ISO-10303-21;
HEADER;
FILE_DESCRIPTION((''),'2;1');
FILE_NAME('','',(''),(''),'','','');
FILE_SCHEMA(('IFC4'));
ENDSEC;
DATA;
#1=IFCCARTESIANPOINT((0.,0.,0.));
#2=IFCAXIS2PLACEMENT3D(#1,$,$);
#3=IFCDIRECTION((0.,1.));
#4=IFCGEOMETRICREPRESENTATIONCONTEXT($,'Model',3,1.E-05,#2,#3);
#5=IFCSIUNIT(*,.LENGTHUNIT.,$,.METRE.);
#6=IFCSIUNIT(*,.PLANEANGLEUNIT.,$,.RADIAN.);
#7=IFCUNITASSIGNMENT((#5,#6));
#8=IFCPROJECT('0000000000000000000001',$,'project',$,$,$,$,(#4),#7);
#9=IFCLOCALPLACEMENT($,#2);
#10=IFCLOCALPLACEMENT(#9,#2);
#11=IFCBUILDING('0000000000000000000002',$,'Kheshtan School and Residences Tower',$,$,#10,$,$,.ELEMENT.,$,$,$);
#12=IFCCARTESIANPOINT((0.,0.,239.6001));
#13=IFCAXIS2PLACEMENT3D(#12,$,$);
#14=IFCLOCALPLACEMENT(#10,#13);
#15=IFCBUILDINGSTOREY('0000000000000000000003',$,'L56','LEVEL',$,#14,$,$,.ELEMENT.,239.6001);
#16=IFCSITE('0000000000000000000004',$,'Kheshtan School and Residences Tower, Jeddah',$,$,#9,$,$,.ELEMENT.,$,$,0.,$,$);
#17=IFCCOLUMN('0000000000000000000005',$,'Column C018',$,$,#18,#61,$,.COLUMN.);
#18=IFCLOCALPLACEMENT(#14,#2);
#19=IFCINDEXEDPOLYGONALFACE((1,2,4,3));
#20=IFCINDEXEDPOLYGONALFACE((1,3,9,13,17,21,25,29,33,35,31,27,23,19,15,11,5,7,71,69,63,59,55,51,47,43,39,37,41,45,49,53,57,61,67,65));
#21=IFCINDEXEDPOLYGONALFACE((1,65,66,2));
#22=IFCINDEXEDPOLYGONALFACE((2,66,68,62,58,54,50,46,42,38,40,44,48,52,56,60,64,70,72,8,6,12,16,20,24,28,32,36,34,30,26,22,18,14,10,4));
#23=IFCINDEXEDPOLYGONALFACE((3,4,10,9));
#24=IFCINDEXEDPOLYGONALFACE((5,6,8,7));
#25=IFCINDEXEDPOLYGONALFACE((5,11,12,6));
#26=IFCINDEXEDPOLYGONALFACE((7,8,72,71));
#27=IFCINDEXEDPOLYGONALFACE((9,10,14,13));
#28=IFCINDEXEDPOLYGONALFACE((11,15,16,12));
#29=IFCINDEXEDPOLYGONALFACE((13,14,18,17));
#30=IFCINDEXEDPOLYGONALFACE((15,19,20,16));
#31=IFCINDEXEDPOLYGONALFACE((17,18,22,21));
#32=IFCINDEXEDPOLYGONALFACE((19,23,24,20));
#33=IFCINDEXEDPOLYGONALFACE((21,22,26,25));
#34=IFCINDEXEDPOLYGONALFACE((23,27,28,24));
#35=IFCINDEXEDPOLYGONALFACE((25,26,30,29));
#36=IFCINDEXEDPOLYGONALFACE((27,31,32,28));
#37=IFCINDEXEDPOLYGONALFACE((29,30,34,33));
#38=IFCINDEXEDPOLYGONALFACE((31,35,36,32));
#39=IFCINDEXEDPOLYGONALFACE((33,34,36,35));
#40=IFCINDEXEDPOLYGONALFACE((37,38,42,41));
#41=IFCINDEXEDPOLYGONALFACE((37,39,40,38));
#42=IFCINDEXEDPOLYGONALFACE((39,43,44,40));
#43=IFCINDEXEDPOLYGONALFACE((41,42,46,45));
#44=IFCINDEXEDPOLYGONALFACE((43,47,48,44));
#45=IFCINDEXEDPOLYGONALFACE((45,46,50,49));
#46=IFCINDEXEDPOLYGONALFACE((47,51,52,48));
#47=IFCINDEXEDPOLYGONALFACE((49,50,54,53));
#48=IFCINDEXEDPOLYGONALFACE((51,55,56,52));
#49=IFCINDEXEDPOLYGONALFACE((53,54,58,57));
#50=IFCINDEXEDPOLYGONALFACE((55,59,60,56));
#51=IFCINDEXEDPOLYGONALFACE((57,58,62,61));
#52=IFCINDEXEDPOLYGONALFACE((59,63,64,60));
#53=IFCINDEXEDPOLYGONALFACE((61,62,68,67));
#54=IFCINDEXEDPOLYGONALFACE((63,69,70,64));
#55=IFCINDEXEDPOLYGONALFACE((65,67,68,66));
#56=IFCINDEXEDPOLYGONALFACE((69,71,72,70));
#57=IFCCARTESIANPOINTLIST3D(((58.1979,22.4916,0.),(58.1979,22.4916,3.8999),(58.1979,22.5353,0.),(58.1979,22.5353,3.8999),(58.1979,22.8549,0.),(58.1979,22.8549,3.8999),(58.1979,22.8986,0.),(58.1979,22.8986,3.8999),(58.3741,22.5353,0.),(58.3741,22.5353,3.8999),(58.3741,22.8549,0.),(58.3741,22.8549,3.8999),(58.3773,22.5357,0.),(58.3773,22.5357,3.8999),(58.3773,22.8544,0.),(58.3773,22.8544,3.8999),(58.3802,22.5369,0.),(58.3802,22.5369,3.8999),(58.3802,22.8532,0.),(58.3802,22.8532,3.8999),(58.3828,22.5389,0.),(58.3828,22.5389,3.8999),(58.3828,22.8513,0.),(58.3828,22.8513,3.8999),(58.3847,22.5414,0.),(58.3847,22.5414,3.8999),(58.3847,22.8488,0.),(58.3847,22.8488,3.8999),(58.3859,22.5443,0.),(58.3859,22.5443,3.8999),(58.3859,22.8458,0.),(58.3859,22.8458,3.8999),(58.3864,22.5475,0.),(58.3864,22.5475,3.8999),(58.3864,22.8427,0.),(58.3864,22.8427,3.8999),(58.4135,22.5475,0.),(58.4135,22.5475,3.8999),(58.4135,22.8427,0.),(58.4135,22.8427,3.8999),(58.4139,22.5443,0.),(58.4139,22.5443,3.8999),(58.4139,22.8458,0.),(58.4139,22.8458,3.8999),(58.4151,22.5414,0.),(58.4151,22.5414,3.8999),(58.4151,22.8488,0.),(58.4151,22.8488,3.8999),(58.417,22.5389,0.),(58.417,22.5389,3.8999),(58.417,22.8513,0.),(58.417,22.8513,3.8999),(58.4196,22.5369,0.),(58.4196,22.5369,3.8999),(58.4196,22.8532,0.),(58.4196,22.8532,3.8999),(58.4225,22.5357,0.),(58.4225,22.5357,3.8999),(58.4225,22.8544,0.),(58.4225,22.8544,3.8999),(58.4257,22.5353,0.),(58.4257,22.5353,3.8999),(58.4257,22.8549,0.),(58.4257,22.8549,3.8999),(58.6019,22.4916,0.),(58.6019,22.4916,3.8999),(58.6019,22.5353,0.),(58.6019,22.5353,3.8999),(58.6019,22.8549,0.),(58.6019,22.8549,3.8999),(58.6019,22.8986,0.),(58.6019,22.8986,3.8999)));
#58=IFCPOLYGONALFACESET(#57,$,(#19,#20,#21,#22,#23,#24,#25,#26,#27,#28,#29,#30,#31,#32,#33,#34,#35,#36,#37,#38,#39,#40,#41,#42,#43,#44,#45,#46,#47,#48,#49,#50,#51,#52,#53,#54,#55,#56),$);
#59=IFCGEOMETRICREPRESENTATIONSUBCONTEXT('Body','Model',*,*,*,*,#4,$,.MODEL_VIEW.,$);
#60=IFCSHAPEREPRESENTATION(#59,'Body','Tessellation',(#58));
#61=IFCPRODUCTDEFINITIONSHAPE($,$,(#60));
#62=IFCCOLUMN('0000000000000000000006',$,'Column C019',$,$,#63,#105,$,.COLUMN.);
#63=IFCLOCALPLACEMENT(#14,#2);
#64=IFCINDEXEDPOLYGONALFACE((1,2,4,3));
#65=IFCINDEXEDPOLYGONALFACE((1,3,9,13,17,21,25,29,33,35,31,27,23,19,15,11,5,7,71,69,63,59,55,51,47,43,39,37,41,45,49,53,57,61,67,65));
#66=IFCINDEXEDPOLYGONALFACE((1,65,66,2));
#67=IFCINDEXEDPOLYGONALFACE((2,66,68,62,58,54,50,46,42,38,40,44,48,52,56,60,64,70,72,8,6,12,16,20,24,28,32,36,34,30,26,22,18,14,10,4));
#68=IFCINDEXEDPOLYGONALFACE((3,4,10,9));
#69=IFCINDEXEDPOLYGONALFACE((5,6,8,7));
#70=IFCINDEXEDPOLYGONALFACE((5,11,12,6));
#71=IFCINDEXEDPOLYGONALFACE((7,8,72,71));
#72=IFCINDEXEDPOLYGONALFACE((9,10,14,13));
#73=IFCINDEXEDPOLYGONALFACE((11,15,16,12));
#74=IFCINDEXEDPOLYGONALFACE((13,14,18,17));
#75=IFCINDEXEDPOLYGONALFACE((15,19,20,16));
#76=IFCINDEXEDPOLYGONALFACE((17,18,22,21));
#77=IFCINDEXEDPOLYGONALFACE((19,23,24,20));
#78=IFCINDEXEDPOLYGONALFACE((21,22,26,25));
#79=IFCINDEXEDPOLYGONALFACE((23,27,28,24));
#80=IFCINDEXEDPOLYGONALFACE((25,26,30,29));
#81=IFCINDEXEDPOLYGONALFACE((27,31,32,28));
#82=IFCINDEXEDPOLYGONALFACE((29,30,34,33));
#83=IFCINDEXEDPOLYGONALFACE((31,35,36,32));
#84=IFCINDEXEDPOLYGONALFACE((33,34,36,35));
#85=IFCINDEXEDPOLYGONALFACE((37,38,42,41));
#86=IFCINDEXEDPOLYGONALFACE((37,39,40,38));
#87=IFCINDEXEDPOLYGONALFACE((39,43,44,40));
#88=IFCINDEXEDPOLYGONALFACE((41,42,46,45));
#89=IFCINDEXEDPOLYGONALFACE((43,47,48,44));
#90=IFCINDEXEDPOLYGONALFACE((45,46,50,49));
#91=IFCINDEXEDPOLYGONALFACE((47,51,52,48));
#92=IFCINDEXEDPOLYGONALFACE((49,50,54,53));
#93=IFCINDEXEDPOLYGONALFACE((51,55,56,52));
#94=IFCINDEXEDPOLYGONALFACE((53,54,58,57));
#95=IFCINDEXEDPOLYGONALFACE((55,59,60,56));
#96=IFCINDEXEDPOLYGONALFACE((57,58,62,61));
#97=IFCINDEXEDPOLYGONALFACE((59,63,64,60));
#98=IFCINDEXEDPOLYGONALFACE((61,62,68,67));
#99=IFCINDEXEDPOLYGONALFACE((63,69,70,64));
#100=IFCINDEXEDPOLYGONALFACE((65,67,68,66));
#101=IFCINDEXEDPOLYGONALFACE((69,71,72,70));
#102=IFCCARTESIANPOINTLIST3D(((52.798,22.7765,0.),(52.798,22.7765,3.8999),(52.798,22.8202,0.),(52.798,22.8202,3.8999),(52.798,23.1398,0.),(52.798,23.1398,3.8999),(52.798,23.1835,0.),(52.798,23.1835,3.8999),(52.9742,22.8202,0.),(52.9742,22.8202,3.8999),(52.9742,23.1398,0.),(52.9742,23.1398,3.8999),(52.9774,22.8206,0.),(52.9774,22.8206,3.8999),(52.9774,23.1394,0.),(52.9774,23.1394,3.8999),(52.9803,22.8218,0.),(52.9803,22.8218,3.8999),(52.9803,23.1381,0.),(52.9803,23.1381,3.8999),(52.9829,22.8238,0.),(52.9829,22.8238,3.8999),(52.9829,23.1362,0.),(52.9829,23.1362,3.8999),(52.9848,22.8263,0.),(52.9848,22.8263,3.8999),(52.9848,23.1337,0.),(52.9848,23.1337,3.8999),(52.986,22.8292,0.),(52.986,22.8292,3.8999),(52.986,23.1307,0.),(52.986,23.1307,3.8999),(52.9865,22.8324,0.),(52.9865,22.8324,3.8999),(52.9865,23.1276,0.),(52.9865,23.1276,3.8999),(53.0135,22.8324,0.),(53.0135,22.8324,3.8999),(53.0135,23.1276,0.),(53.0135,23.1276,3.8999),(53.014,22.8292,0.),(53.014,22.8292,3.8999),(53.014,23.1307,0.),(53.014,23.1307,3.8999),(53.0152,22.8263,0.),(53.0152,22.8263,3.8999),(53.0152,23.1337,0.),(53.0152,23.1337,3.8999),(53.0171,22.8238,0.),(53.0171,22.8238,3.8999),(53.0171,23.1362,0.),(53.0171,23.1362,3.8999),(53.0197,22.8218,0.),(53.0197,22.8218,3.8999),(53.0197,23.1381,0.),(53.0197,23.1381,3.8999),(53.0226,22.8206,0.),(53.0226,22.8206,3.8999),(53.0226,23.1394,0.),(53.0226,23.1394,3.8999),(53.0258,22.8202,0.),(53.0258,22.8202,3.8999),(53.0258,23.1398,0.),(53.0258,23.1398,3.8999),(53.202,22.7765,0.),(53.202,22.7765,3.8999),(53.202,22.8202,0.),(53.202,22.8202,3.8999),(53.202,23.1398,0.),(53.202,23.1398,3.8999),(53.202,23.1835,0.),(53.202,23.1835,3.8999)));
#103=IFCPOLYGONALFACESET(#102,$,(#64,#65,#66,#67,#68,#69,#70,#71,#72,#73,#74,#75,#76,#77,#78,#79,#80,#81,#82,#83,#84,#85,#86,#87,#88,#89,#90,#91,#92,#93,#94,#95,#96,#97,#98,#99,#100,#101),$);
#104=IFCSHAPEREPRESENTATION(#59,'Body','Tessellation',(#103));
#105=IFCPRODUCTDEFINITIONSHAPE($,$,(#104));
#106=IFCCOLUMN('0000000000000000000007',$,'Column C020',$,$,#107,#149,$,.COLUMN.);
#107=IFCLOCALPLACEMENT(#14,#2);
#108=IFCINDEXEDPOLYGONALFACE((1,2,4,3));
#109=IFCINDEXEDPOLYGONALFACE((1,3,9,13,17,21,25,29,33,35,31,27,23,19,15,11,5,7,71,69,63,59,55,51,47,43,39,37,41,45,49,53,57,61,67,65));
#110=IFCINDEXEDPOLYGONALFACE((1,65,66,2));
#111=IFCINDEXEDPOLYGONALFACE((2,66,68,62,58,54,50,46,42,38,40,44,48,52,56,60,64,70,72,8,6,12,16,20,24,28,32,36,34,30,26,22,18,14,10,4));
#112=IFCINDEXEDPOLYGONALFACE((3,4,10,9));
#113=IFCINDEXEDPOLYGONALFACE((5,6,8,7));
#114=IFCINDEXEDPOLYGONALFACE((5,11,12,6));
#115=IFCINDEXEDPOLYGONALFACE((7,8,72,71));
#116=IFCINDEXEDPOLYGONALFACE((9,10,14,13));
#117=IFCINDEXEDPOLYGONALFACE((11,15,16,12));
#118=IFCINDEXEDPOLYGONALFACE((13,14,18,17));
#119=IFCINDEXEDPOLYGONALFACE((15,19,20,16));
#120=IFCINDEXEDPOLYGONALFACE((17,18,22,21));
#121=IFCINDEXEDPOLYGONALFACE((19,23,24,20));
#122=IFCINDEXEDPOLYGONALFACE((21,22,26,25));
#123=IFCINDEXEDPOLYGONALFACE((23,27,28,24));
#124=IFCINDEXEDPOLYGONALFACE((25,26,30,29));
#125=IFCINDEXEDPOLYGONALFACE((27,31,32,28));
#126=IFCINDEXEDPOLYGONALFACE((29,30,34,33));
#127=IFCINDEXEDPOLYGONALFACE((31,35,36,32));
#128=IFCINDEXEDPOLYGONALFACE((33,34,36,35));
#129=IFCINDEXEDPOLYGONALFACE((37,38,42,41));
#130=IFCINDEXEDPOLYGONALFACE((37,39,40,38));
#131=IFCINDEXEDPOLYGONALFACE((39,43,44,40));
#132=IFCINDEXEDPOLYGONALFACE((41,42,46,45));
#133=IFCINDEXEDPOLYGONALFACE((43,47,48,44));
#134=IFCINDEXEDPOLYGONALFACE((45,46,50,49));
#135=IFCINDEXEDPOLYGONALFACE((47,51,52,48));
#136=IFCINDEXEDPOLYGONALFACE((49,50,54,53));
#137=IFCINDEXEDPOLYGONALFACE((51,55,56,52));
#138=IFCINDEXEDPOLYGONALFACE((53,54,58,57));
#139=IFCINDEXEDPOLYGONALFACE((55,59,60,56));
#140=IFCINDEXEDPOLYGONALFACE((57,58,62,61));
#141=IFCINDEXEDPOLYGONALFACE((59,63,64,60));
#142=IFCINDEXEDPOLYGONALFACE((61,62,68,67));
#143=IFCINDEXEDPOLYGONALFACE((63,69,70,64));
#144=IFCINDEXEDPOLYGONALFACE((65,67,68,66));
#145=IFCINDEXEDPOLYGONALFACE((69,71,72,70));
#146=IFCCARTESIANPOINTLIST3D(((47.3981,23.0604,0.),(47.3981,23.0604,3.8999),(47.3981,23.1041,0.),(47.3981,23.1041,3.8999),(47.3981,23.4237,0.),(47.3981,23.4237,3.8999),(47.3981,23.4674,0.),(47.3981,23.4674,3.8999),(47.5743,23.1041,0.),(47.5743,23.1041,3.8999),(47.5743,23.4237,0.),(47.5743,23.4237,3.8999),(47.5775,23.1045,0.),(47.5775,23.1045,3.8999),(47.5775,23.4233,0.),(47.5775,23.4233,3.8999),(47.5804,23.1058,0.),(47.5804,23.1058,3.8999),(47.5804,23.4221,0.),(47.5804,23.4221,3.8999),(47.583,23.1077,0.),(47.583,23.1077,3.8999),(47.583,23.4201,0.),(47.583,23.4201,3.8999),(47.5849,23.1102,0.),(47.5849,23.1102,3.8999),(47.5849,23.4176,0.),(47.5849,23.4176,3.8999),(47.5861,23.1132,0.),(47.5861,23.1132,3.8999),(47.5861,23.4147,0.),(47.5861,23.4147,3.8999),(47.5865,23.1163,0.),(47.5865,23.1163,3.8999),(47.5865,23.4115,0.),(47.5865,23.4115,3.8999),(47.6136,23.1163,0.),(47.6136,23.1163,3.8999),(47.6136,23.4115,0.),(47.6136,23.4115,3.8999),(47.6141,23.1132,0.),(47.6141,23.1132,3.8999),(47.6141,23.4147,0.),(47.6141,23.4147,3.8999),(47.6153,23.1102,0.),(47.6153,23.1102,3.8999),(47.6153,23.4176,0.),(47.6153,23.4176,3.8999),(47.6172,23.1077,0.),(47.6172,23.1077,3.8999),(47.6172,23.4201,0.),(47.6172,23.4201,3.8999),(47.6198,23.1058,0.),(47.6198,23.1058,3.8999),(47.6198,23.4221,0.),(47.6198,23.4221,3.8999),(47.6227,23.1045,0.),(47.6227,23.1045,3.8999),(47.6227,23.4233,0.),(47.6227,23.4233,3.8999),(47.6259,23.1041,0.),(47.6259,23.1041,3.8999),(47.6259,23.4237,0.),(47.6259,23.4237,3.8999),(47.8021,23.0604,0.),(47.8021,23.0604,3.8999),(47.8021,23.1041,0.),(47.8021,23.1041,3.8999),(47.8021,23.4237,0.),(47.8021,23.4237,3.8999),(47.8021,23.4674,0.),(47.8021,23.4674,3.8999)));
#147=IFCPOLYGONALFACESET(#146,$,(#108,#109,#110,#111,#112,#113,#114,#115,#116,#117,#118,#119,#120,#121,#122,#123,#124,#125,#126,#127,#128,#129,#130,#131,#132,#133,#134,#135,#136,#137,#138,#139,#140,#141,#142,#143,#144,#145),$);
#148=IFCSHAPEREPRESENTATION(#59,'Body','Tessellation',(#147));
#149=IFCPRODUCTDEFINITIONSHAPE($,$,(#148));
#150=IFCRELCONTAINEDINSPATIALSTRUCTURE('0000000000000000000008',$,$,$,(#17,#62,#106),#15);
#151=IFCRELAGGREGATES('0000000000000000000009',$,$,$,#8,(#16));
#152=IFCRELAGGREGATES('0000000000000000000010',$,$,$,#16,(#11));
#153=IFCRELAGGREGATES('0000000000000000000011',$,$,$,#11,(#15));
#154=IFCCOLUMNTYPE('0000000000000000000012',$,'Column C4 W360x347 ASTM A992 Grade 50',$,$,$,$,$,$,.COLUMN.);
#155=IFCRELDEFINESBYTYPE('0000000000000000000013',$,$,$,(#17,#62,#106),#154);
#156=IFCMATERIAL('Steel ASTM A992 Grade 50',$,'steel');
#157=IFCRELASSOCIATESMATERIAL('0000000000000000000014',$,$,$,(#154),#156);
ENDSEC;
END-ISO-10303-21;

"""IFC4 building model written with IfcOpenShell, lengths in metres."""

from ifc_helpers import new_model, si_unit, direction, frame, origin, origin_2d, place, context, subcontext, project, spatial, i_section, extrude, material, material_profile, profile_set, type_object, element, save


model = new_model("IFC4")

# Units and contexts
model_context = context("Model", 3, precision=1e-05, world=origin(), true_north=direction((0.0, 1.0)))
body_context = subcontext(model_context, "Body", "Model", "MODEL_VIEW")
ifc_project = project(units=[si_unit("LENGTHUNIT", "METRE"), si_unit("PLANEANGLEUNIT", "RADIAN")], contexts=[model_context])

# Site, building, storey
site_placement = place(None, origin())
site = spatial("IfcSite", under=ifc_project, at=site_placement, Name="Kheshtan School and Residences Tower, Jeddah", CompositionType="ELEMENT", RefElevation=0.0)
building_placement = place(site_placement, origin())
building = spatial("IfcBuilding", under=site, at=building_placement, Name="Kheshtan School and Residences Tower", CompositionType="ELEMENT")
storey_placement = place(building_placement, frame((0.0, 0.0, 239.6001)))
storey = spatial("IfcBuildingStorey", under=building, at=storey_placement, Name="L56", Description="LEVEL", CompositionType="ELEMENT", Elevation=239.6001)

# Columns
ifc_material_1 = material(Name="Steel ASTM A992 Grade 50", Category="steel")
ifc_material_profile_1 = material_profile(ifc_material_1, i_section(OverallWidth=0.4041, OverallDepth=0.407, WebThickness=0.0271, FlangeThickness=0.0437, FilletRadius=0.0122, at=origin_2d()), Name="W360x347")
ifc_profile_set_1 = profile_set([ifc_material_profile_1], Name="Steel ASTM A992 Grade 50")
column_type_1 = type_object("IfcColumnType", Name="Column C4 W360x347 ASTM A992 Grade 50", PredefinedType="COLUMN", material=ifc_profile_set_1)
for number, where, z_axis, x_axis, name in (
    (1, (58.3999, 22.6951, 0.0), (0.0, 0.0, 1.0), (1.0, 0.0, 0.0), "Column C018"),
    (2, (53.0, 22.98, 0.0), (0.0, 0.0, 1.0), (1.0, 0.0, 0.0), "Column C019"),
    (3, (47.6001, 23.2639, 0.0), (0.0, 0.0, 1.0), (1.0, 0.0, 0.0), "Column C020"),
):
    element("IfcColumn", number, at=place(storey_placement, frame(where, z_axis=z_axis, x_axis=x_axis)), inside=storey, type_object=column_type_1, Name=name, PredefinedType="COLUMN", context=body_context, shape_type="SweptSolid", body=[
        extrude(i_section(OverallWidth=0.4041, OverallDepth=0.407, WebThickness=0.0271, FlangeThickness=0.0437, FilletRadius=0.0122, at=origin_2d()), origin(), (0.0, 0.0, 1.0), 3.8999),
    ])

save(model, "model.ifc")
